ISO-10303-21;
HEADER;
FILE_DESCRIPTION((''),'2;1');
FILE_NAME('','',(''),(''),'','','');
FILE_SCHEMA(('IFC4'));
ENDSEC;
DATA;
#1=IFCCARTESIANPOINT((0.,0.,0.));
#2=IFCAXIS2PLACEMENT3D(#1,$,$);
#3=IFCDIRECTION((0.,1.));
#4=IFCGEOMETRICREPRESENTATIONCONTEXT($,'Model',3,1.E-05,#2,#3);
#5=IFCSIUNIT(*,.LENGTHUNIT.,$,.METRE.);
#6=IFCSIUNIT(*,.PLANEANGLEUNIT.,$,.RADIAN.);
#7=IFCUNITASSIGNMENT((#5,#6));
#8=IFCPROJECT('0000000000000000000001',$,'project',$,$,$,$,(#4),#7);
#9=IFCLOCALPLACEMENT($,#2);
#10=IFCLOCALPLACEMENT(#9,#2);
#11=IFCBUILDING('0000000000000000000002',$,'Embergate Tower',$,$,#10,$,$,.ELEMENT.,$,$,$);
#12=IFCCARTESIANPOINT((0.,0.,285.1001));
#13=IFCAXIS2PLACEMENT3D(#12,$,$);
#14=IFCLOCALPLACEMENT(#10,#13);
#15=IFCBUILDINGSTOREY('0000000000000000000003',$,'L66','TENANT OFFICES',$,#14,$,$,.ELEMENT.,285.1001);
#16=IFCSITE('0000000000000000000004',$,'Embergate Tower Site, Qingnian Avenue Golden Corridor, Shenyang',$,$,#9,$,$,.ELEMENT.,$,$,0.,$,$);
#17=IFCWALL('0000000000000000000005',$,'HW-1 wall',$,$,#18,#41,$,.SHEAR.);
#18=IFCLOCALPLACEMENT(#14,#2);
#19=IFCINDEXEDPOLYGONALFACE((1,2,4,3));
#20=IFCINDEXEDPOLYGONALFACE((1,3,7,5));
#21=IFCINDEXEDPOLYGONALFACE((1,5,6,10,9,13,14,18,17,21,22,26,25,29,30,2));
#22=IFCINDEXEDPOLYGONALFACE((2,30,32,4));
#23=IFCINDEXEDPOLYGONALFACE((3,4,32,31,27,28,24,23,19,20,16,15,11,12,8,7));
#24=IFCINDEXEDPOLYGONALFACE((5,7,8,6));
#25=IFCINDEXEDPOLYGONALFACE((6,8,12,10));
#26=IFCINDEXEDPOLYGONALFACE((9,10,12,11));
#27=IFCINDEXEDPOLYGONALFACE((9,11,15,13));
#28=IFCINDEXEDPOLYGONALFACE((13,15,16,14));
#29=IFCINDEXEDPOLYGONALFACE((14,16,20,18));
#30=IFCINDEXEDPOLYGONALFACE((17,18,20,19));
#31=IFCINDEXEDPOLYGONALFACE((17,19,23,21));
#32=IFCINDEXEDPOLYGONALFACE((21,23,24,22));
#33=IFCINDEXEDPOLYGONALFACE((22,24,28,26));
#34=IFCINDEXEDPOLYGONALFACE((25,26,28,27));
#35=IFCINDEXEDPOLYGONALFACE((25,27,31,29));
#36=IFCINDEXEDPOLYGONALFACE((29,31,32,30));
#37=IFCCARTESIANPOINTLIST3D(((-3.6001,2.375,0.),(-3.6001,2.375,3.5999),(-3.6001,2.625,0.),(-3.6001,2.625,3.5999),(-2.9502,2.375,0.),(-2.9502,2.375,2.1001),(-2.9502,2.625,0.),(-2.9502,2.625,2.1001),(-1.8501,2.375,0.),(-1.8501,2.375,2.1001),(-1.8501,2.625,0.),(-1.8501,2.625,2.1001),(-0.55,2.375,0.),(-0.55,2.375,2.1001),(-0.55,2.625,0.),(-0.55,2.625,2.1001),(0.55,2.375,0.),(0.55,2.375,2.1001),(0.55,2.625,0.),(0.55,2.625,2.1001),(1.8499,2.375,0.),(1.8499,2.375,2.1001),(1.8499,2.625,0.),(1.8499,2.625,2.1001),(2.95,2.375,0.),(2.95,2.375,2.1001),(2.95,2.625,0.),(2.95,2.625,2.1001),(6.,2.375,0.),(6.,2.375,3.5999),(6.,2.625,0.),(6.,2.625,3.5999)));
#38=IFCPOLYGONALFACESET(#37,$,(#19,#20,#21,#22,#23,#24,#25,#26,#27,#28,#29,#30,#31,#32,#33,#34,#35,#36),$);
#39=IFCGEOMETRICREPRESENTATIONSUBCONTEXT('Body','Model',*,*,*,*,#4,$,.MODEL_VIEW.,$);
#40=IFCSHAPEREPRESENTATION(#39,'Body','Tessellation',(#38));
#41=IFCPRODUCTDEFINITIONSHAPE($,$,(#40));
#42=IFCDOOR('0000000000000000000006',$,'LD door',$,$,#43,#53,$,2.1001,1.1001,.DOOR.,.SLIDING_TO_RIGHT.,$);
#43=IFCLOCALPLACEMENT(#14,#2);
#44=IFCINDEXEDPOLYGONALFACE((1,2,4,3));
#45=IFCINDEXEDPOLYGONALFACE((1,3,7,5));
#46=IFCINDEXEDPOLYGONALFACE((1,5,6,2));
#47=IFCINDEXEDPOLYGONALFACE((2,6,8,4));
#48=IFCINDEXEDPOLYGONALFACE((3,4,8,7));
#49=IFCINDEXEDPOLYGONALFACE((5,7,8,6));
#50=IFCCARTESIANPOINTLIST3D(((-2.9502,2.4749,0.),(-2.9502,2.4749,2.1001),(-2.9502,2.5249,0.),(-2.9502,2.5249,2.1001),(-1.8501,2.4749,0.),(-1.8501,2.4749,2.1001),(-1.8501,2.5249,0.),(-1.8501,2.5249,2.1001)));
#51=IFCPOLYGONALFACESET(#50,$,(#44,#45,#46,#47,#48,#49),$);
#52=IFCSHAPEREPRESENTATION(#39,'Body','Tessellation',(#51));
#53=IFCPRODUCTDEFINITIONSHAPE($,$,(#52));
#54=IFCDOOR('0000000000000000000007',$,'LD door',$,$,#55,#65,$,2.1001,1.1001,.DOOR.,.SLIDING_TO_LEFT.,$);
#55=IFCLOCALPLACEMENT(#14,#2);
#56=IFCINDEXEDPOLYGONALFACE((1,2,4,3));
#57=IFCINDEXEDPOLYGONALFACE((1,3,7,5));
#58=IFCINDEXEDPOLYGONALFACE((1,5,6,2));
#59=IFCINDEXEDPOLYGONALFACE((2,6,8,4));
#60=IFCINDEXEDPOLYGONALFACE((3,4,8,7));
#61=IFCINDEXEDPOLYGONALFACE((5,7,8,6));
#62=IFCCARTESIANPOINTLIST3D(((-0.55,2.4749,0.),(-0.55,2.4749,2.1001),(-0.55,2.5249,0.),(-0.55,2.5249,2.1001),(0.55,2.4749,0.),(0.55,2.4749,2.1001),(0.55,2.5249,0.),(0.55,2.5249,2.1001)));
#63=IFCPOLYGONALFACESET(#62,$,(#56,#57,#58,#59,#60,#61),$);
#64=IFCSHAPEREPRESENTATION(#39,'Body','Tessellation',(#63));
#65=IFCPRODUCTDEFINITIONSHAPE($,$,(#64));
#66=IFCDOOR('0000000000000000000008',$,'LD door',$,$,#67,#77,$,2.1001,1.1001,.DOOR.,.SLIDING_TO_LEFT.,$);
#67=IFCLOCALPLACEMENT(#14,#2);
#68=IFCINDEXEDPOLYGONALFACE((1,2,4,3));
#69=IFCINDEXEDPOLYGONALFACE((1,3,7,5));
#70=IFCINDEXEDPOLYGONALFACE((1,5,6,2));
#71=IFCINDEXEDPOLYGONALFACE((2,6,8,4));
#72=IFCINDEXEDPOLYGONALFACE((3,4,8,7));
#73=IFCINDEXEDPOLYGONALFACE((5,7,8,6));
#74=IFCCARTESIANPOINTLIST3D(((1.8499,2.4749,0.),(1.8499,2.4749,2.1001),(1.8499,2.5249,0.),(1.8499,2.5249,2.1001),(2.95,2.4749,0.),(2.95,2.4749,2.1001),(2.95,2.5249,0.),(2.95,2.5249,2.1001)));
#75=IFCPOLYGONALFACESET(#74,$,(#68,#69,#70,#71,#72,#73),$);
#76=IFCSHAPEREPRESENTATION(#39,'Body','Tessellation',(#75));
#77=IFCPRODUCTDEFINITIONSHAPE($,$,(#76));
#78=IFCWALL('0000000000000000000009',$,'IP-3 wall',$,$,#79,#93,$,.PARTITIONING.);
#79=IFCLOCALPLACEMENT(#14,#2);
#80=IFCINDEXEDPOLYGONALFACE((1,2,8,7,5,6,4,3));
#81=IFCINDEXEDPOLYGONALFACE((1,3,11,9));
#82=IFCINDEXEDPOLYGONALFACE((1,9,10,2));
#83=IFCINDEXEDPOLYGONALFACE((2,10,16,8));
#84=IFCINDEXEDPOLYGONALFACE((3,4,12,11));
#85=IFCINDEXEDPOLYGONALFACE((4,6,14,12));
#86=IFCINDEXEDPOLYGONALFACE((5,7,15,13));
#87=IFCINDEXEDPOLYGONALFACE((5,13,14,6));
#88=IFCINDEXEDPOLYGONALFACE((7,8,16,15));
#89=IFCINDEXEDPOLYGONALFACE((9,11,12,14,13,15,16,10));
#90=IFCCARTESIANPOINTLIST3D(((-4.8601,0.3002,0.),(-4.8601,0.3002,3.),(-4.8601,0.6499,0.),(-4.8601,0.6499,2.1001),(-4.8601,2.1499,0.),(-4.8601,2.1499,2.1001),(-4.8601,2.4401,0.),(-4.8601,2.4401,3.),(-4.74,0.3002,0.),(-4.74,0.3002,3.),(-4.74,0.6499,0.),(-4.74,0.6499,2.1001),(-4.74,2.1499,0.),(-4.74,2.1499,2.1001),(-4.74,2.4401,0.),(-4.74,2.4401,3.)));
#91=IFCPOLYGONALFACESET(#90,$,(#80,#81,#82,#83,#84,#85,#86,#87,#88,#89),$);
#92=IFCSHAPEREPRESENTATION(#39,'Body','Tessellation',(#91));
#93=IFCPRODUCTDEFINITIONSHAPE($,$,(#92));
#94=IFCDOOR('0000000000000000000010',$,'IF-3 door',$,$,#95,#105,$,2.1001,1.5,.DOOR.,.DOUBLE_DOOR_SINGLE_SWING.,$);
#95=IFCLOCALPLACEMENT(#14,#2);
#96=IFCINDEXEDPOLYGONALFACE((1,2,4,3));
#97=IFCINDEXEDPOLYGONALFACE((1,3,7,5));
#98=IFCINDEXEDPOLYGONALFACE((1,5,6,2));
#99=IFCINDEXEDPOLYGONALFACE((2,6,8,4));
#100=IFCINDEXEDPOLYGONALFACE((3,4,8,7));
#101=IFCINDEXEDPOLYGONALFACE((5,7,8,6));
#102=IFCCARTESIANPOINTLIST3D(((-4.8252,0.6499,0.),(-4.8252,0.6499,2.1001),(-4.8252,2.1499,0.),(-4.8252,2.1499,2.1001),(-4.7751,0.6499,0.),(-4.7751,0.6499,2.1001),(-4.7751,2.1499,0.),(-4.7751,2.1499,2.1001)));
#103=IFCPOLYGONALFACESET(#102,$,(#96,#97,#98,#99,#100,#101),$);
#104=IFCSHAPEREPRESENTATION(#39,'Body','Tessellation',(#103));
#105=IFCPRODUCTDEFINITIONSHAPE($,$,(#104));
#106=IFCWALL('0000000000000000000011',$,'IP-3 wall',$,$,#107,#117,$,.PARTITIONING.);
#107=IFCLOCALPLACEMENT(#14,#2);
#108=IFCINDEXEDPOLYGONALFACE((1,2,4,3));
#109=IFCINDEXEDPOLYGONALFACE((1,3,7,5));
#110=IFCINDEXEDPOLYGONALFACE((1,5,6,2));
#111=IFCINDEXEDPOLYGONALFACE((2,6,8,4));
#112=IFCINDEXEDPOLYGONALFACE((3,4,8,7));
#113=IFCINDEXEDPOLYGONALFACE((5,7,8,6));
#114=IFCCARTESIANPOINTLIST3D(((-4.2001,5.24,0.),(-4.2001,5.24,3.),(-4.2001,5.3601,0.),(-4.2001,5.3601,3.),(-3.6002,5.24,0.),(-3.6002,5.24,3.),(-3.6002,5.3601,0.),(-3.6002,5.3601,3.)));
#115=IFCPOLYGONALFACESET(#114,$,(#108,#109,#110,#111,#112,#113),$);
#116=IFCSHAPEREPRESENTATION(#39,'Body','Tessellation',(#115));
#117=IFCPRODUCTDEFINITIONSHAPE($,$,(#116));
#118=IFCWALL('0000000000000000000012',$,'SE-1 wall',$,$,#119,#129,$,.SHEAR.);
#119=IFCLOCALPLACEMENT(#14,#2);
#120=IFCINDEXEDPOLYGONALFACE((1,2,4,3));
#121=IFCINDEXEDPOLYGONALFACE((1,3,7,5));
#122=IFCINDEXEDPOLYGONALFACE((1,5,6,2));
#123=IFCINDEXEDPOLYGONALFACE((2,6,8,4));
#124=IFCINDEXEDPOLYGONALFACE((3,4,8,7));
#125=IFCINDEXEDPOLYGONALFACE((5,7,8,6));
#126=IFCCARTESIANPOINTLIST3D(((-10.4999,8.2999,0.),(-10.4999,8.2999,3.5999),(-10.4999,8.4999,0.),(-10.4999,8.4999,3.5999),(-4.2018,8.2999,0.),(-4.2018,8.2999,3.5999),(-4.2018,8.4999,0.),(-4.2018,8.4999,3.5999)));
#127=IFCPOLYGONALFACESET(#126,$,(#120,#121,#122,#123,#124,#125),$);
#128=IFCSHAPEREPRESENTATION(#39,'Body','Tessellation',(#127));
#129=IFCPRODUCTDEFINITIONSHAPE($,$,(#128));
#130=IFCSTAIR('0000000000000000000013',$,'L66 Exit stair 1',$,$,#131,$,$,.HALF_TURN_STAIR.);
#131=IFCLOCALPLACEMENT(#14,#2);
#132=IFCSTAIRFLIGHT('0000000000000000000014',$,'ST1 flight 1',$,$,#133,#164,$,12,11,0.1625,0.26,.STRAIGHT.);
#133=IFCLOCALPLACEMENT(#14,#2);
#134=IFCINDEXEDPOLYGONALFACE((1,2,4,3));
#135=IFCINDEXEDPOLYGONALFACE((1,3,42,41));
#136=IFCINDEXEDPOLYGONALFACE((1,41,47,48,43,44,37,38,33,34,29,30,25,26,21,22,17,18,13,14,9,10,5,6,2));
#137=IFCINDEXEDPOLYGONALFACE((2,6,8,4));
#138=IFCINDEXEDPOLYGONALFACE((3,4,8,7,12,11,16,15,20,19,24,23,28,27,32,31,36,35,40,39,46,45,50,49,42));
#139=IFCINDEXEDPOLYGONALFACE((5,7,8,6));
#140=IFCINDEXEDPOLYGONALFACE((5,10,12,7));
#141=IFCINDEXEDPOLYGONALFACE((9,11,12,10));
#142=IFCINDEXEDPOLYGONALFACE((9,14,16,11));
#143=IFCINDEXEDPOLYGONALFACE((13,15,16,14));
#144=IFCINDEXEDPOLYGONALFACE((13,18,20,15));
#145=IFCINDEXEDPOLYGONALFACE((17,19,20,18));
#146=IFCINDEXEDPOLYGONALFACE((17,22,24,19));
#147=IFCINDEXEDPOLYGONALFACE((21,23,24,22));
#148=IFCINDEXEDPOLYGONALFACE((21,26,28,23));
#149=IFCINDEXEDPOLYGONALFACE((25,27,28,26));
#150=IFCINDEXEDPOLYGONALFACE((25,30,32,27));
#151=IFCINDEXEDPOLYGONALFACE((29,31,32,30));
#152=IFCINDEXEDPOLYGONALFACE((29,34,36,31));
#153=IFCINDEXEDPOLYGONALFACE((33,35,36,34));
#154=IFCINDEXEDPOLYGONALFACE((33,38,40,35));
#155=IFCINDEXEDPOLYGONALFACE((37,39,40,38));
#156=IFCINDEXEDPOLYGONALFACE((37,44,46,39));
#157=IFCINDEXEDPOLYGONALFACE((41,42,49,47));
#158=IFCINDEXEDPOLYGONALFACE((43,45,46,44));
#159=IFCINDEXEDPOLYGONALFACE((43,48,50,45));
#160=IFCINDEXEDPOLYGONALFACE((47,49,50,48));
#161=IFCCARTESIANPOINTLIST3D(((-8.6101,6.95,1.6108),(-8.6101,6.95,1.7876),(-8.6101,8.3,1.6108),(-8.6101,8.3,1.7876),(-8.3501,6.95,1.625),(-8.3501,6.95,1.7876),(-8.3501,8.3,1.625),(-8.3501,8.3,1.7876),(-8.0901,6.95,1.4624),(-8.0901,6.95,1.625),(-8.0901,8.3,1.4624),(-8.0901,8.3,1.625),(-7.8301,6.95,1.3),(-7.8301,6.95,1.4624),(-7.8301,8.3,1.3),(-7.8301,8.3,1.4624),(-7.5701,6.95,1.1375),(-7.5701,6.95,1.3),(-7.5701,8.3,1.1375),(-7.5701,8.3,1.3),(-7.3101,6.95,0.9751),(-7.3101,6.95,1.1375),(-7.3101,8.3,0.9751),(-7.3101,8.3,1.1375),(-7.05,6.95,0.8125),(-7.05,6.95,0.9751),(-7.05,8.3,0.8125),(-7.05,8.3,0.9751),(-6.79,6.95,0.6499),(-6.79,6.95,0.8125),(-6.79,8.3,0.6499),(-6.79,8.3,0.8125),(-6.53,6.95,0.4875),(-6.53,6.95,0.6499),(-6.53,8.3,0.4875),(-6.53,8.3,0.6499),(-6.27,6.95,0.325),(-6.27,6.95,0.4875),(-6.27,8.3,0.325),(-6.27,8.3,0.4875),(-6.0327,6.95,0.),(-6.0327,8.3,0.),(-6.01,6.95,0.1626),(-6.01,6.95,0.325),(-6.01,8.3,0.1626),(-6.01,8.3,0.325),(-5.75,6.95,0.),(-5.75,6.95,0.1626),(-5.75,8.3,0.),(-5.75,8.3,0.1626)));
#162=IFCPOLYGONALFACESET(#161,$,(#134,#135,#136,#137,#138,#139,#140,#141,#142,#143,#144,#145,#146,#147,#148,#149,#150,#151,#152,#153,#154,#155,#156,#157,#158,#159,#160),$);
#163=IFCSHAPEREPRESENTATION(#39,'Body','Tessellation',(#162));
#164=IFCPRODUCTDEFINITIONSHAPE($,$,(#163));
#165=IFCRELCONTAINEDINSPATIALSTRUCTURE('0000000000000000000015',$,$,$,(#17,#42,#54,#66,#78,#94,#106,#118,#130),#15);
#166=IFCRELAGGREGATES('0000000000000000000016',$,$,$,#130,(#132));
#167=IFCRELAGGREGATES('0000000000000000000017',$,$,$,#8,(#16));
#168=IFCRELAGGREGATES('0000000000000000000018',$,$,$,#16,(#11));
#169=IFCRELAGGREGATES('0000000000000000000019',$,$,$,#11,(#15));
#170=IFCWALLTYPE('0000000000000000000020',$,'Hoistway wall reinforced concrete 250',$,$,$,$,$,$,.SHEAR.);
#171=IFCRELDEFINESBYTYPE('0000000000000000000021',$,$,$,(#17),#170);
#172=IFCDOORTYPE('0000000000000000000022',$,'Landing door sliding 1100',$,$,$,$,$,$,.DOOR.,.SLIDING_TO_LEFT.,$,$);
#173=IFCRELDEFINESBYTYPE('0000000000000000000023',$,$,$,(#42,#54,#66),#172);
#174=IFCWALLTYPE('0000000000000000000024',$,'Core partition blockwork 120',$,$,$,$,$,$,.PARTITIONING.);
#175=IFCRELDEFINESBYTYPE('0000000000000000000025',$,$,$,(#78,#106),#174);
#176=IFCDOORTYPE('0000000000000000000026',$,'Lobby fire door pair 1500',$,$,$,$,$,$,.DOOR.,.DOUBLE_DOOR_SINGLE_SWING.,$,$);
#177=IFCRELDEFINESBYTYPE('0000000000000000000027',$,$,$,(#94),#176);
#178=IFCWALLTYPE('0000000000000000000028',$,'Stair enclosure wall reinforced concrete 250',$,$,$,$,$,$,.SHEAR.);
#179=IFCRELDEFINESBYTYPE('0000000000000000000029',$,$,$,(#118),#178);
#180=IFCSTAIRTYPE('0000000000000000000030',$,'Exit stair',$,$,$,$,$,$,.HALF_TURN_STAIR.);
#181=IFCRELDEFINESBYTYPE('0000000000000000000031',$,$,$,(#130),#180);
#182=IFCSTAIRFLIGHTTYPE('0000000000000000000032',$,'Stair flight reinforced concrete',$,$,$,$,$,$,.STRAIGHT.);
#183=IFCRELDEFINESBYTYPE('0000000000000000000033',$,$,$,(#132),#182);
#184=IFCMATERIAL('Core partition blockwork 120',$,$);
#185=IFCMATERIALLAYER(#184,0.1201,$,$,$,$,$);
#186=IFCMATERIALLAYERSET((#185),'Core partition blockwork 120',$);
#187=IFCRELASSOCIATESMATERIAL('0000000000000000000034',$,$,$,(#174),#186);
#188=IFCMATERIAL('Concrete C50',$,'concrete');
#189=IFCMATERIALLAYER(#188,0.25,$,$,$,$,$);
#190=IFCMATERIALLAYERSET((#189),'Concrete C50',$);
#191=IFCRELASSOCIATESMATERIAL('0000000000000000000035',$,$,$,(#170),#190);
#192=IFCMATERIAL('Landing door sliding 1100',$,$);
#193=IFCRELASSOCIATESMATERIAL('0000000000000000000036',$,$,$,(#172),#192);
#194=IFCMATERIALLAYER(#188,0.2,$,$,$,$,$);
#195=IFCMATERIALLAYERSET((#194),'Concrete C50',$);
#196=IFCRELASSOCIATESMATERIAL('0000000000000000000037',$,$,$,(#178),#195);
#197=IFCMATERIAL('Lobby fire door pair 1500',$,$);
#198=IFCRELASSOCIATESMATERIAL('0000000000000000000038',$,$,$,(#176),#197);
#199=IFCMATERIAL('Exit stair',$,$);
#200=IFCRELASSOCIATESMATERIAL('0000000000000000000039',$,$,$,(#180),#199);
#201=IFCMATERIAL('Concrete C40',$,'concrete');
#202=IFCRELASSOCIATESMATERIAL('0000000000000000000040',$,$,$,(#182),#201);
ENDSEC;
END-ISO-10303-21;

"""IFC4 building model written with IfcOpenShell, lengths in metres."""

from ifc_helpers import new_model, si_unit, direction, frame, frame_2d, origin, place, context, subcontext, project, spatial, polyline, rectangle, outline, extrude, source, transform, mapped, material, layer, layer_set, type_object, element, fill, aggregate, save


model = new_model("IFC4")

# Units and contexts
model_context = context("Model", 3, precision=1e-05, world=origin(), true_north=direction((0.0, 1.0)))
body_context = subcontext(model_context, "Body", "Model", "MODEL_VIEW")
ifc_project = project(units=[si_unit("LENGTHUNIT", "METRE"), si_unit("PLANEANGLEUNIT", "RADIAN")], contexts=[model_context])

# Site, building, storey
site_placement = place(None, origin())
site = spatial("IfcSite", under=ifc_project, at=site_placement, Name="Embergate Tower Site, Qingnian Avenue Golden Corridor, Shenyang", CompositionType="ELEMENT", RefElevation=0.0)
building_placement = place(site_placement, origin())
building = spatial("IfcBuilding", under=site, at=building_placement, Name="Embergate Tower", CompositionType="ELEMENT")
storey_placement = place(building_placement, frame((0.0, 0.0, 285.1001)))
storey = spatial("IfcBuildingStorey", under=building, at=storey_placement, Name="L66", Description="TENANT OFFICES", CompositionType="ELEMENT", Elevation=285.1001)

# Shared definitions
ifc_material_1 = material(Name="Core partition blockwork 120")
ifc_layer_1 = layer(ifc_material_1, 0.1201)
ifc_layer_set_1 = layer_set([ifc_layer_1], Name="Core partition blockwork 120")
wall_type_1 = type_object("IfcWallType", Name="Core partition blockwork 120", PredefinedType="PARTITIONING", material=ifc_layer_set_1)
ifc_material_2 = material(Name="Concrete C50", Category="concrete")
ifc_layer_2 = layer(ifc_material_2, 0.25)
ifc_layer_set_2 = layer_set([ifc_layer_2], Name="Concrete C50")
wall_type_2 = type_object("IfcWallType", Name="Hoistway wall reinforced concrete 250", PredefinedType="SHEAR", material=ifc_layer_set_2)

# Shared definitions
shared_shape_1 = source(origin(), body_context, "Body", "SweptSolid", [
    extrude(rectangle(XDim=1.1001, YDim=2.1001, at=frame_2d((0.55, 1.05))), frame((0.0, 0.135, 0.0), z_axis=(0.0, -1.0, 0.0), x_axis=(1.0, 0.0, 0.0)), (0.0, 0.0, 1.0), 0.27),
])
ifc_material_3 = material(Name="Landing door sliding 1100")
door_type_1 = type_object("IfcDoorType", Name="Landing door sliding 1100", OperationType="SLIDING_TO_LEFT", PredefinedType="DOOR", material=ifc_material_3)
shared_shape_2 = source(origin(), body_context, "Body", "SweptSolid", [
    extrude(rectangle(XDim=1.1001, YDim=2.1001, at=frame_2d((0.55, 1.05))), frame((0.0, 0.0249, 0.0), z_axis=(0.0, -1.0, 0.0), x_axis=(1.0, 0.0, 0.0)), (0.0, 0.0, 1.0), 0.05),
])

# Shared definitions
ifc_layer_3 = layer(ifc_material_2, 0.2)
ifc_layer_set_3 = layer_set([ifc_layer_3], Name="Concrete C50")
wall_type_3 = type_object("IfcWallType", Name="Stair enclosure wall reinforced concrete 250", PredefinedType="SHEAR", material=ifc_layer_set_3)

# Wall, openings, doors
shared_shape_3 = source(origin(), body_context, "Body", "SweptSolid", [
    extrude(rectangle(XDim=9.6001, YDim=0.25, at=frame_2d((4.8, 0.0))), origin(), (0.0, 0.0, 1.0), 3.5999),
])
wall_1_placement = place(storey_placement, frame((-3.6001, 2.5, 0.0), z_axis=(0.0, 0.0, 1.0), x_axis=(1.0, 0.0, 0.0)))
wall_1 = element("IfcWall", 1, at=wall_1_placement, inside=storey, type_object=wall_type_2, Name="HW-1 wall", PredefinedType="SHEAR", context=body_context, shape_type="MappedRepresentation", body=[
    mapped(shared_shape_3, transform((0.0, 0.0, 0.0))),
])
opening_1_placement = place(wall_1_placement, frame((0.6499, 0.0, 0.0)))
opening_1 = element("IfcOpeningElement", 2, at=opening_1_placement, cuts=wall_1, PredefinedType="OPENING", context=body_context, shape_type="MappedRepresentation", body=[
    mapped(shared_shape_1, transform((0.0, 0.0, 0.0))),
])
opening_2_placement = place(wall_1_placement, frame((3.05, 0.0, 0.0)))
opening_2 = element("IfcOpeningElement", 3, at=opening_2_placement, cuts=wall_1, PredefinedType="OPENING", context=body_context, shape_type="MappedRepresentation", body=[
    mapped(shared_shape_1, transform((0.0, 0.0, 0.0))),
])
opening_3_placement = place(wall_1_placement, frame((5.45, 0.0, 0.0)))
opening_3 = element("IfcOpeningElement", 4, at=opening_3_placement, cuts=wall_1, PredefinedType="OPENING", context=body_context, shape_type="MappedRepresentation", body=[
    mapped(shared_shape_1, transform((0.0, 0.0, 0.0))),
])
door_1_placement = place(opening_1_placement, origin())
door_1 = element("IfcDoor", 5, at=door_1_placement, inside=storey, type_object=door_type_1, Name="LD door", OperationType="SLIDING_TO_RIGHT", OverallHeight=2.1001, OverallWidth=1.1001, PredefinedType="DOOR", context=body_context, shape_type="MappedRepresentation", body=[
    mapped(shared_shape_2, transform((0.0, 0.0, 0.0))),
])
fill(opening_1, door_1)
door_2_placement = place(opening_2_placement, origin())
door_2 = element("IfcDoor", 6, at=door_2_placement, inside=storey, type_object=door_type_1, Name="LD door", OperationType="SLIDING_TO_LEFT", OverallHeight=2.1001, OverallWidth=1.1001, PredefinedType="DOOR", context=body_context, shape_type="MappedRepresentation", body=[
    mapped(shared_shape_2, transform((0.0, 0.0, 0.0))),
])
fill(opening_2, door_2)
door_3_placement = place(opening_3_placement, origin())
door_3 = element("IfcDoor", 7, at=door_3_placement, inside=storey, type_object=door_type_1, Name="LD door", OperationType="SLIDING_TO_LEFT", OverallHeight=2.1001, OverallWidth=1.1001, PredefinedType="DOOR", context=body_context, shape_type="MappedRepresentation", body=[
    mapped(shared_shape_2, transform((0.0, 0.0, 0.0))),
])
fill(opening_3, door_3)

# Wall, opening, door
shared_shape_4 = source(origin(), body_context, "Body", "SweptSolid", [
    extrude(rectangle(XDim=2.1399, YDim=0.1201, at=frame_2d((1.0698, 0.0))), origin(), (0.0, 0.0, 1.0), 3.0),
])
wall_2_placement = place(storey_placement, frame((-4.8, 2.4399, 0.0), z_axis=(0.0, 0.0, 1.0), x_axis=(0.0, -1.0, 0.0)))
wall_2 = element("IfcWall", 8, at=wall_2_placement, inside=storey, type_object=wall_type_1, Name="IP-3 wall", PredefinedType="PARTITIONING", context=body_context, shape_type="MappedRepresentation", body=[
    mapped(shared_shape_4, transform((0.0, 0.0, 0.0))),
])
shared_shape_5 = source(origin(), body_context, "Body", "SweptSolid", [
    extrude(rectangle(XDim=1.5, YDim=2.1001, at=frame_2d((0.75, 1.05))), frame((0.0, 0.0701, 0.0), z_axis=(0.0, -1.0, 0.0), x_axis=(1.0, 0.0, 0.0)), (0.0, 0.0, 1.0), 0.1401),
])
opening_4_placement = place(wall_2_placement, frame((0.29, 0.0, 0.0)))
opening_4 = element("IfcOpeningElement", 9, at=opening_4_placement, cuts=wall_2, PredefinedType="OPENING", context=body_context, shape_type="MappedRepresentation", body=[
    mapped(shared_shape_5, transform((0.0, 0.0, 0.0))),
])
ifc_material_4 = material(Name="Lobby fire door pair 1500")
door_type_2 = type_object("IfcDoorType", Name="Lobby fire door pair 1500", OperationType="DOUBLE_DOOR_SINGLE_SWING", PredefinedType="DOOR", material=ifc_material_4)
shared_shape_6 = source(origin(), body_context, "Body", "SweptSolid", [
    extrude(rectangle(XDim=1.5, YDim=2.1001, at=frame_2d((0.75, 1.05))), frame((0.0, 0.0249, 0.0), z_axis=(0.0, -1.0, 0.0), x_axis=(1.0, 0.0, 0.0)), (0.0, 0.0, 1.0), 0.05),
])
door_4_placement = place(opening_4_placement, origin())
door_4 = element("IfcDoor", 10, at=door_4_placement, inside=storey, type_object=door_type_2, Name="IF-3 door", OperationType="DOUBLE_DOOR_SINGLE_SWING", OverallHeight=2.1001, OverallWidth=1.5, PredefinedType="DOOR", context=body_context, shape_type="MappedRepresentation", body=[
    mapped(shared_shape_6, transform((0.0, 0.0, 0.0))),
])
fill(opening_4, door_4)

# Walls
shared_shape_7 = source(origin(), body_context, "Body", "SweptSolid", [
    extrude(rectangle(XDim=0.5999, YDim=0.1201, at=frame_2d((0.2998, 0.0))), origin(), (0.0, 0.0, 1.0), 3.0),
])
wall_3_placement = place(storey_placement, frame((-4.2, 5.3, 0.0), z_axis=(0.0, 0.0, 1.0), x_axis=(1.0, 0.0, 0.0)))
element("IfcWall", 11, at=wall_3_placement, inside=storey, type_object=wall_type_1, Name="IP-3 wall", PredefinedType="PARTITIONING", context=body_context, shape_type="MappedRepresentation", body=[
    mapped(shared_shape_7, transform((0.0, 0.0, 0.0))),
])
shared_shape_8 = source(origin(), body_context, "Body", "SweptSolid", [
    extrude(rectangle(XDim=6.2981, YDim=0.2, at=frame_2d((3.1489, 0.0))), origin(), (0.0, 0.0, 1.0), 3.5999),
])
wall_4_placement = place(storey_placement, frame((-4.2019, 8.3999, 0.0), z_axis=(0.0, 0.0, 1.0), x_axis=(-1.0, 0.0, 0.0)))
element("IfcWall", 12, at=wall_4_placement, inside=storey, type_object=wall_type_3, Name="SE-1 wall", PredefinedType="SHEAR", context=body_context, shape_type="MappedRepresentation", body=[
    mapped(shared_shape_8, transform((0.0, 0.0, 0.0))),
])

# Stair, stair flight
ifc_material_5 = material(Name="Exit stair")
stair_type = type_object("IfcStairType", Name="Exit stair", PredefinedType="HALF_TURN_STAIR", material=ifc_material_5)
stair_placement = place(storey_placement, origin())
stair = element("IfcStair", 13, at=stair_placement, inside=storey, type_object=stair_type, Name="L66 Exit stair 1", PredefinedType="HALF_TURN_STAIR")
ifc_material_6 = material(Name="Concrete C40", Category="concrete")
stair_flight_type = type_object("IfcStairFlightType", Name="Stair flight reinforced concrete", PredefinedType="STRAIGHT", material=ifc_material_6)
shared_shape_9 = source(origin(), body_context, "Body", "SweptSolid", [
    extrude(outline(polyline([(0.0, 0.0), (0.0, 0.1626), (0.26, 0.1626), (0.26, 0.325), (0.52, 0.325), (0.52, 0.4875), (0.78, 0.4875), (0.78, 0.6499), (1.04, 0.6499), (1.04, 0.8125), (1.3, 0.8125), (1.3, 0.9751), (1.5601, 0.9751), (1.5601, 1.1375), (1.8201, 1.1375), (1.8201, 1.3), (2.0801, 1.3), (2.0801, 1.4624), (2.3401, 1.4624), (2.3401, 1.625), (2.6001, 1.625), (2.6001, 1.7876), (2.8601, 1.7876), (2.8601, 1.95), (2.8601, 1.6108), (0.2827, 0.0), (0.0, 0.0)])), frame((0.0, 0.675, 0.0), z_axis=(0.0, -1.0, 0.0), x_axis=(1.0, 0.0, 0.0)), (0.0, 0.0, 1.0), 1.3501),
])
stair_flight_placement = place(storey_placement, frame((-5.75, 7.625, 0.0), z_axis=(0.0, 0.0, 1.0), x_axis=(-1.0, 0.0, 0.0)))
stair_flight = element("IfcStairFlight", 14, at=stair_flight_placement, type_object=stair_flight_type, Name="ST1 flight 1", NumberOfRisers=12, NumberOfTreads=11, PredefinedType="STRAIGHT", RiserHeight=0.1625, TreadLength=0.26, context=body_context, shape_type="MappedRepresentation", body=[
    mapped(shared_shape_9, transform((0.0, 0.0, 0.0))),
])
aggregate(stair, [stair_flight])

save(model, "model.ifc")
